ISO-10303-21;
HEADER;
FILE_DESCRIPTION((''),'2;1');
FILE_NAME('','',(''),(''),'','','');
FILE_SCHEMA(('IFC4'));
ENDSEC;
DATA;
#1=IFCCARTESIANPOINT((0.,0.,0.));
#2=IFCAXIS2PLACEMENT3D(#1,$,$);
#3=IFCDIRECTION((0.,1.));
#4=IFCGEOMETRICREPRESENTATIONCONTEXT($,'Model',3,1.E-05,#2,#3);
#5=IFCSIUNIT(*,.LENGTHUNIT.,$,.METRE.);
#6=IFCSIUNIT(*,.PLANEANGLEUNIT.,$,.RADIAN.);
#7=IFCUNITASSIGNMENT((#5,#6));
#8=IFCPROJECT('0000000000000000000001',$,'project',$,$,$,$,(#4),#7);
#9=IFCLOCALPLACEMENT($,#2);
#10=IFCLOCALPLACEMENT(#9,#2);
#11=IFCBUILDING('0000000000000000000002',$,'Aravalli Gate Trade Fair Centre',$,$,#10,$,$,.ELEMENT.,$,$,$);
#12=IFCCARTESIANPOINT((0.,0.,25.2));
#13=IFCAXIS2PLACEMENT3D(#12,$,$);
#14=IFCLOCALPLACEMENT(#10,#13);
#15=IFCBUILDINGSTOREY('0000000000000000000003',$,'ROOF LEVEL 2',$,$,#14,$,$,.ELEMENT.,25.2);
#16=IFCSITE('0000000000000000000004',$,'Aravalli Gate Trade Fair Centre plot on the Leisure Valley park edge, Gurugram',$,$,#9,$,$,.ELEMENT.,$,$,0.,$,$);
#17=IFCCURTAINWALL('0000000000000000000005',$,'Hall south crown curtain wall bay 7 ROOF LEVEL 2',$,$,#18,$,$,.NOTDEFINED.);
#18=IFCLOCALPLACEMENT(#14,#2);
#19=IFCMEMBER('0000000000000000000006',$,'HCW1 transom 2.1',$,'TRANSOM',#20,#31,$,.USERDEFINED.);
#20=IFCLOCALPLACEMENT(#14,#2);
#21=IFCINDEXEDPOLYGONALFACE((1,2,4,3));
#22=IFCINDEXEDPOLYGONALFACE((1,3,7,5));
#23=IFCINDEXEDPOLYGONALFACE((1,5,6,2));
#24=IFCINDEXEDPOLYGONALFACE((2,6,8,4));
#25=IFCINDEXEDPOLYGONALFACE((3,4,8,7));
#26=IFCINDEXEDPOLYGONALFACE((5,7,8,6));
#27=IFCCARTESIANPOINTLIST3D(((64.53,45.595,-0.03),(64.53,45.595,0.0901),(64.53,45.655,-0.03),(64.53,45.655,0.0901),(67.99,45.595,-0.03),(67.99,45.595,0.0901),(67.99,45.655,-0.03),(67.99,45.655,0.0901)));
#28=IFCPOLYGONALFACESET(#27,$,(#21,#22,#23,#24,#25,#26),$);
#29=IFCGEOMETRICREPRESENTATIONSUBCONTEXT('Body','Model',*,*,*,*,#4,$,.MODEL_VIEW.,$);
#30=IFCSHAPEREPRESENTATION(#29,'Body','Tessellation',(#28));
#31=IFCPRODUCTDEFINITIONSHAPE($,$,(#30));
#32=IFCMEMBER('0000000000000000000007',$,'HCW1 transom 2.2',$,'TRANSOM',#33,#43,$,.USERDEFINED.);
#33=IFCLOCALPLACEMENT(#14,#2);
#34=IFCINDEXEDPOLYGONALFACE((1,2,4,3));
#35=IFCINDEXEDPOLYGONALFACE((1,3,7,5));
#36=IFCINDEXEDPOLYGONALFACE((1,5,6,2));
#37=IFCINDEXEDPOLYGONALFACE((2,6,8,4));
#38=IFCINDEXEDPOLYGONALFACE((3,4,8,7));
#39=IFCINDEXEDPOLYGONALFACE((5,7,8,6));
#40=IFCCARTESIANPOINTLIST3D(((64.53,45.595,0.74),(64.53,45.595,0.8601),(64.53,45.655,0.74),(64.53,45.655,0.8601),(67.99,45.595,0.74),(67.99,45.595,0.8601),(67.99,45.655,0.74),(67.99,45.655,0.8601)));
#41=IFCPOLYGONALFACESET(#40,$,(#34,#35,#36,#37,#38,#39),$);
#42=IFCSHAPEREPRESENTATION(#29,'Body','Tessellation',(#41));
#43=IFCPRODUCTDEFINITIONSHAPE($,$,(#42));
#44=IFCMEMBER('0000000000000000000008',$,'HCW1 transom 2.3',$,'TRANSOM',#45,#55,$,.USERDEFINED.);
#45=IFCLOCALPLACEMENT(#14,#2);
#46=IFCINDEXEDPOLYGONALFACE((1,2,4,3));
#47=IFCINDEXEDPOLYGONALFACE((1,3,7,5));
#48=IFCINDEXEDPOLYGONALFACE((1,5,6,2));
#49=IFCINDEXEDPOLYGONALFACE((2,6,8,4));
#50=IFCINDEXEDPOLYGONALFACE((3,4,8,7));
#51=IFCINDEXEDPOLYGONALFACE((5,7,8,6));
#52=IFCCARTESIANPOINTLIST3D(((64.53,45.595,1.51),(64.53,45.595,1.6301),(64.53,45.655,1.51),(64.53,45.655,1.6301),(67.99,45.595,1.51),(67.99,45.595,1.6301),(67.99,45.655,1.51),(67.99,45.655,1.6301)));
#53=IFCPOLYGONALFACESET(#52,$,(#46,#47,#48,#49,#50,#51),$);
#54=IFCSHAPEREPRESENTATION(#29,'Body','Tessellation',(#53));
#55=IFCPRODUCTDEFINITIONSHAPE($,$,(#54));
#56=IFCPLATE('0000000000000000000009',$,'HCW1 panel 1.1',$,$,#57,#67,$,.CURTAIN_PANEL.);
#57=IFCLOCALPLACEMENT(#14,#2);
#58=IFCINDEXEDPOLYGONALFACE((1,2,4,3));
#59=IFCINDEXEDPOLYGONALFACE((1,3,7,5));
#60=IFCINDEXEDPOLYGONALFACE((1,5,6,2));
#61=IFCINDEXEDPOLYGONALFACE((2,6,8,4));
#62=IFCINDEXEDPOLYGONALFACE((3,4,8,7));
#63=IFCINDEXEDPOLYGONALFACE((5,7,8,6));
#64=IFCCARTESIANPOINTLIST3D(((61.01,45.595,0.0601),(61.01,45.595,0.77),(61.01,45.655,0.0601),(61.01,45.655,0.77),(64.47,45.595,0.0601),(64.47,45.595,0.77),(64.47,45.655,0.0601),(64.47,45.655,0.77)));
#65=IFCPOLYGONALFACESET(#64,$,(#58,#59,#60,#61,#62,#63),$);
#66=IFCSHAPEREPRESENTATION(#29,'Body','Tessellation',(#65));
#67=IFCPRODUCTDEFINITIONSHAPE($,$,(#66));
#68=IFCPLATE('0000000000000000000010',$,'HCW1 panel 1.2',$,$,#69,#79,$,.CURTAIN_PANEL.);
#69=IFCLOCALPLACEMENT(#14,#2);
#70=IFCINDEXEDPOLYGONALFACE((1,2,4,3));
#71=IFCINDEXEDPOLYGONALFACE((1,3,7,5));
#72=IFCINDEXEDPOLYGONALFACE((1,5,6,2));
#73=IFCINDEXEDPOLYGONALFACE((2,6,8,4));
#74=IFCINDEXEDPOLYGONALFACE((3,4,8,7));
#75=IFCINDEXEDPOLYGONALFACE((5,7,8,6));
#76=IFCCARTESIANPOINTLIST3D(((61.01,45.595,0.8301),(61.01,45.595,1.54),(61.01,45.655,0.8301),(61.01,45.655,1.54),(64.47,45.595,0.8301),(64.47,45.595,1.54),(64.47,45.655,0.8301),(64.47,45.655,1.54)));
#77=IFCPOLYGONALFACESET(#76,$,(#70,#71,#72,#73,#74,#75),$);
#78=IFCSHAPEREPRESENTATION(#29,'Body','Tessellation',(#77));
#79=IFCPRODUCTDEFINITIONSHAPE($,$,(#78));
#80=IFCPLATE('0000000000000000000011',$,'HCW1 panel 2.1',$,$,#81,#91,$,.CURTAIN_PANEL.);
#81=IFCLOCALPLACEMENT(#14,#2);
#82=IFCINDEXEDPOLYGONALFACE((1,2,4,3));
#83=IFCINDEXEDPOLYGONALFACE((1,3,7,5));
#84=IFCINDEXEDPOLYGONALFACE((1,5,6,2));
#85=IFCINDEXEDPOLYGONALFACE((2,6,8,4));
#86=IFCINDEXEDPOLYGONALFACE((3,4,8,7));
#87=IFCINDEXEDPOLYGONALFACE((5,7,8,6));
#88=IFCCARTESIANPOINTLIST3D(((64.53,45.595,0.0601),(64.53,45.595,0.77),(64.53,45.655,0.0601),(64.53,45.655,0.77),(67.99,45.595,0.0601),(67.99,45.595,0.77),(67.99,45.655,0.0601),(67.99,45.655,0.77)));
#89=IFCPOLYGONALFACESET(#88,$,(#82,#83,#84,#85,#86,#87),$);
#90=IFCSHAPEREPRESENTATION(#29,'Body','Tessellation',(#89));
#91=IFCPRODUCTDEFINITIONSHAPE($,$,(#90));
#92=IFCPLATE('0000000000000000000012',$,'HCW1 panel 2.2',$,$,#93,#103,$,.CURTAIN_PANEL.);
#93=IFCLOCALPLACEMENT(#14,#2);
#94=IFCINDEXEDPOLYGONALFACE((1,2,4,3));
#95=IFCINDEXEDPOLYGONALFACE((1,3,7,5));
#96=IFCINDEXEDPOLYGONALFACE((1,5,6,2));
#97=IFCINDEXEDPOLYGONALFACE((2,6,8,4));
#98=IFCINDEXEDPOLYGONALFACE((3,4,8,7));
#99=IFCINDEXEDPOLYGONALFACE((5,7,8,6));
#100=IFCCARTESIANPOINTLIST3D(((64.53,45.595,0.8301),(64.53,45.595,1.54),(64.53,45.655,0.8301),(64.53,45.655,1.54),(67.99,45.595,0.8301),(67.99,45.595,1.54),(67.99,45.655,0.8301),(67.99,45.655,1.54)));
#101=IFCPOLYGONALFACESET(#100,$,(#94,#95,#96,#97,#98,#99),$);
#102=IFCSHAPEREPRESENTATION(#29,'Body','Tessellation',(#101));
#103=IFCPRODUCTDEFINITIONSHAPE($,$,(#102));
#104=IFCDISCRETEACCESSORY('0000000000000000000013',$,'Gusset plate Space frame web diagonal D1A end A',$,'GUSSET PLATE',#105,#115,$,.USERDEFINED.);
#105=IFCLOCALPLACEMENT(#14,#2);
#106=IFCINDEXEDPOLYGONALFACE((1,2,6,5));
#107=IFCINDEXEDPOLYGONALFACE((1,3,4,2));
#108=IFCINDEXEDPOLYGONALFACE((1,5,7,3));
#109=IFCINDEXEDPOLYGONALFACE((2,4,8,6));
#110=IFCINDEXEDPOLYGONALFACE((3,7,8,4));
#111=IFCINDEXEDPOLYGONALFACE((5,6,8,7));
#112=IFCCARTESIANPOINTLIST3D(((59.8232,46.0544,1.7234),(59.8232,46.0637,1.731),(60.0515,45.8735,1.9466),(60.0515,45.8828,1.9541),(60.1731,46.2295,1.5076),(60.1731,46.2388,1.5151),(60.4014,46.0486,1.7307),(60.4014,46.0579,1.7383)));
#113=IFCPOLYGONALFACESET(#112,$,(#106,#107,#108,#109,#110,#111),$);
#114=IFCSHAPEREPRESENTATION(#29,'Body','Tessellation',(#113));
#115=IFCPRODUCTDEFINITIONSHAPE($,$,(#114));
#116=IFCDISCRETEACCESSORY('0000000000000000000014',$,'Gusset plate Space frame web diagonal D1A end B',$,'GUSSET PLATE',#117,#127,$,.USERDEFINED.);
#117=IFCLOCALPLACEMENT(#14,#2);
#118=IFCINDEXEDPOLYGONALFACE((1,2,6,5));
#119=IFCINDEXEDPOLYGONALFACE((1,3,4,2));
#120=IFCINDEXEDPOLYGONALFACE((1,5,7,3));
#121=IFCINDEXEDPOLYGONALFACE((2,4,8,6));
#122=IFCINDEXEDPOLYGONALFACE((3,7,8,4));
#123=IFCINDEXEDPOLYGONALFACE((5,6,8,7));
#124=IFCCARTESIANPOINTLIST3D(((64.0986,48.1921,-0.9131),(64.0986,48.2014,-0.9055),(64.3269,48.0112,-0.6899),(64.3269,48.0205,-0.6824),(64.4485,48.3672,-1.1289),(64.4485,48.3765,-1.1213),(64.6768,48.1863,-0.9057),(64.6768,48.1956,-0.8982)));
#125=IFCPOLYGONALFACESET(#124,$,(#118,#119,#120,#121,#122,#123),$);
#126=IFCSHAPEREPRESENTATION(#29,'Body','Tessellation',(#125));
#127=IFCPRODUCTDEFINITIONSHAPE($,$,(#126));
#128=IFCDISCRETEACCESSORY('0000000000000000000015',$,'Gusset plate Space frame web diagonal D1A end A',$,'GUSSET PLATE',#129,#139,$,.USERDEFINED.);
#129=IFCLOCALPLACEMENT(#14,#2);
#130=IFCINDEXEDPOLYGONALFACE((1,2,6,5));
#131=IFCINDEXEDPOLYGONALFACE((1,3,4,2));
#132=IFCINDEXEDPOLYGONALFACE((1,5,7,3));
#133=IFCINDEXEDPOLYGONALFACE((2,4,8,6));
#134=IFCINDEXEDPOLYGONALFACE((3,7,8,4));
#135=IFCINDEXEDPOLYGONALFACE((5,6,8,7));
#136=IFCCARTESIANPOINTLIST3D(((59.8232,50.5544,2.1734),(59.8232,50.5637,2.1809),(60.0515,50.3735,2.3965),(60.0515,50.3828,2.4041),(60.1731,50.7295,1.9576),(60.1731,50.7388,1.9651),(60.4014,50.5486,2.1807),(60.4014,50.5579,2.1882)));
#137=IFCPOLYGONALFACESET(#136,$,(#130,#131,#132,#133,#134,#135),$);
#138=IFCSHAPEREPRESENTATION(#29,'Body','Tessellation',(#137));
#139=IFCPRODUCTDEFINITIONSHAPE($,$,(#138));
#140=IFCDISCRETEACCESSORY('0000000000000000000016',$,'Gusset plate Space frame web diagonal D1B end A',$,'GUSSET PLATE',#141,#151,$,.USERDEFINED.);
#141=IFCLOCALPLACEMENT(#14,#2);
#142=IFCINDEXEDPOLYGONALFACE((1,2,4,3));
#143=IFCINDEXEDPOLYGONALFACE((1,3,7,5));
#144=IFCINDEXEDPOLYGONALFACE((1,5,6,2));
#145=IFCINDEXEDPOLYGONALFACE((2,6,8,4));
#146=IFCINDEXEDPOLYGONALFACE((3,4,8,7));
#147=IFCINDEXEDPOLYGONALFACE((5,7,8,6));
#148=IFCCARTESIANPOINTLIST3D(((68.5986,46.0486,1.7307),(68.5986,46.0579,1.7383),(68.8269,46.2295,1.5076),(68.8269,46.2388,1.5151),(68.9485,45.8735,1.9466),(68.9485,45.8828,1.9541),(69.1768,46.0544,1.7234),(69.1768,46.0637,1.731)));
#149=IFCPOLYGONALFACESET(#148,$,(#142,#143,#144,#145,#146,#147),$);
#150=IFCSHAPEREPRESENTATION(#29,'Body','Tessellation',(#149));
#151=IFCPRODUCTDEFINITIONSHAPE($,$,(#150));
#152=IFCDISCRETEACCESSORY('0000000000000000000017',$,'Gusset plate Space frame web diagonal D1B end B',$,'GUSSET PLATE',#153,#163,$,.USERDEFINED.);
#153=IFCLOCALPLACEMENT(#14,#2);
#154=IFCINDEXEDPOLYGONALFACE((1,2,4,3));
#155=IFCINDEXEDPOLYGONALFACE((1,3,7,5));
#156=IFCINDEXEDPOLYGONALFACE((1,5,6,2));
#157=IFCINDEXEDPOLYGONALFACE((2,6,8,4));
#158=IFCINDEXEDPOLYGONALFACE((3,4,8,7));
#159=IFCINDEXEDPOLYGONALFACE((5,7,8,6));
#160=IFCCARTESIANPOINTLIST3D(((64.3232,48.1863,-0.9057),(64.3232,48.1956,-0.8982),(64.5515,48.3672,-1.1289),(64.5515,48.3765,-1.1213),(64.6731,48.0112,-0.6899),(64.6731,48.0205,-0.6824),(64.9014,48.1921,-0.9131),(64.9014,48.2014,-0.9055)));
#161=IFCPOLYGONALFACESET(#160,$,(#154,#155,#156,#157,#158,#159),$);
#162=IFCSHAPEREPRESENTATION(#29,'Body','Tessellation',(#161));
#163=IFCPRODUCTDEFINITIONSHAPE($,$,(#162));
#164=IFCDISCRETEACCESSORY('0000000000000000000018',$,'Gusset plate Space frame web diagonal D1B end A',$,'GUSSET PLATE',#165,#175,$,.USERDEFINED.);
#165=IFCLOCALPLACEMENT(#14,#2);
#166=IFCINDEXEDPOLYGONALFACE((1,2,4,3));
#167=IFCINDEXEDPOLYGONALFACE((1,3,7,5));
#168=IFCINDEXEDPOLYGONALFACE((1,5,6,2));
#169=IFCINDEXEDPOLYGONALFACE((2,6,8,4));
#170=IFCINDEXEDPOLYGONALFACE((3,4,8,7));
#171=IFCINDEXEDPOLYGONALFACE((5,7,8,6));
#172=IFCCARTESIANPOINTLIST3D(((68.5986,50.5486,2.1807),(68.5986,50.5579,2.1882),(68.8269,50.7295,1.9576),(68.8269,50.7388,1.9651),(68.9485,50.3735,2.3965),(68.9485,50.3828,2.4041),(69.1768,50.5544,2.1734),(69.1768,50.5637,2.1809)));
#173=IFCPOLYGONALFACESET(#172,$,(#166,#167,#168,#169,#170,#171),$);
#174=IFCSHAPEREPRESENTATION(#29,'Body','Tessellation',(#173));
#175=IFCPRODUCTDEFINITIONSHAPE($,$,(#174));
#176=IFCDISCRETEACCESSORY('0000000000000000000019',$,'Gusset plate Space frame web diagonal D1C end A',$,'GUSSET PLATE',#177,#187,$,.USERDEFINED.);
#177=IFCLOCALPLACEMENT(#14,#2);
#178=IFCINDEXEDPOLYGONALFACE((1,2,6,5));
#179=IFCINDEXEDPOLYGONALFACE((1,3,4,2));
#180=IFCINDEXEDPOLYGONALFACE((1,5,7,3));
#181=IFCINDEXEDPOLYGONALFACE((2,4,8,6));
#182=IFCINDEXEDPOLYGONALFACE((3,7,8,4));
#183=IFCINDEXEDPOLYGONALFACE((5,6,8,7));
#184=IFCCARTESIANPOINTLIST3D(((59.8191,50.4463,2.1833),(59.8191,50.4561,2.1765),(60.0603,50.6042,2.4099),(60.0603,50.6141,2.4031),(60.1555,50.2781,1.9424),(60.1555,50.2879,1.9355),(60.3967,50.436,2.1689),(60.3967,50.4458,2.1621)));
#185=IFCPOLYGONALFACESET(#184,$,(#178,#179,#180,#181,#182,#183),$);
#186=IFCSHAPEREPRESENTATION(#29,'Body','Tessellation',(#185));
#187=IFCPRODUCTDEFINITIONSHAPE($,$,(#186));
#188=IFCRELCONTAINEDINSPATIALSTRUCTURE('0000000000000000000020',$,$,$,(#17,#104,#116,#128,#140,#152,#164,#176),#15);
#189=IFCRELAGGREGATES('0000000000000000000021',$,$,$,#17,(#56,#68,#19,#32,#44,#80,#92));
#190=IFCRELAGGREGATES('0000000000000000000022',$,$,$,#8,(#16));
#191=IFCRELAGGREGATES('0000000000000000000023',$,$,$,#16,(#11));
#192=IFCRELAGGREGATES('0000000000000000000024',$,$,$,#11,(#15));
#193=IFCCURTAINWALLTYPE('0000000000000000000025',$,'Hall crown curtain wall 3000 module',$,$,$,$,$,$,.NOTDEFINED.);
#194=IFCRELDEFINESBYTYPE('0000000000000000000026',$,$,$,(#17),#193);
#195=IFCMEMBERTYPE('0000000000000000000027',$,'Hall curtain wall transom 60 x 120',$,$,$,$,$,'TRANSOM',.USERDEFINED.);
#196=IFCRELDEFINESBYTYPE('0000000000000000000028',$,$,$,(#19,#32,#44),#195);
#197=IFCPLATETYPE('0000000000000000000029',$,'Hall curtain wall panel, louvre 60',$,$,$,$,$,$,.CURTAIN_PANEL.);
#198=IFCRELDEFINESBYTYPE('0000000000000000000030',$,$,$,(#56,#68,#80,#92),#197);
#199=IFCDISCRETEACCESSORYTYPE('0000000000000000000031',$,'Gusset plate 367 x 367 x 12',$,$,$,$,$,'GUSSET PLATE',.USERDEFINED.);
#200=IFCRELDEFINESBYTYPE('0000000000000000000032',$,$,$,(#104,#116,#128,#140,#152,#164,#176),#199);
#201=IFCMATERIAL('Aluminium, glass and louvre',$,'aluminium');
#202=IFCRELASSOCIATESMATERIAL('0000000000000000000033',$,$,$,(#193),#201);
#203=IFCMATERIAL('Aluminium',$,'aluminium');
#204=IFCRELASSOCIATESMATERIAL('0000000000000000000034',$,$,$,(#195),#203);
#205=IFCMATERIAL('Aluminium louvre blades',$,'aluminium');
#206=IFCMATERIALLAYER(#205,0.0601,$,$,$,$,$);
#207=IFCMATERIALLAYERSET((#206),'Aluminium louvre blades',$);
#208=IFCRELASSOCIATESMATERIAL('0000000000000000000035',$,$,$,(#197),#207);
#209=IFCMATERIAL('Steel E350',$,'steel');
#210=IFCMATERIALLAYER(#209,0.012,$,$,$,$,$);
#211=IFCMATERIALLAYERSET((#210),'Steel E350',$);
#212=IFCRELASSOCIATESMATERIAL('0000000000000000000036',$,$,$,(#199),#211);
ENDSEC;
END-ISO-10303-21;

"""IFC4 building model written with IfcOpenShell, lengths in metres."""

from ifc_helpers import new_model, si_unit, direction, frame, origin, origin_2d, place, context, subcontext, project, spatial, polyline, rectangle, outline, extrude, material, layer, layer_set, material_profile, profile_set, type_object, element, aggregate, save


model = new_model("IFC4")

# Units and contexts
model_context = context("Model", 3, precision=1e-05, world=origin(), true_north=direction((0.0, 1.0)))
body_context = subcontext(model_context, "Body", "Model", "MODEL_VIEW")
ifc_project = project(units=[si_unit("LENGTHUNIT", "METRE"), si_unit("PLANEANGLEUNIT", "RADIAN")], contexts=[model_context])

# Site, building, storey
site_placement = place(None, origin())
site = spatial("IfcSite", under=ifc_project, at=site_placement, Name="Aravalli Gate Trade Fair Centre plot on the Leisure Valley park edge, Gurugram", CompositionType="ELEMENT", RefElevation=0.0)
building_placement = place(site_placement, origin())
building = spatial("IfcBuilding", under=site, at=building_placement, Name="Aravalli Gate Trade Fair Centre", CompositionType="ELEMENT")
storey_placement = place(building_placement, frame((0.0, 0.0, 25.2)))
storey = spatial("IfcBuildingStorey", under=building, at=storey_placement, Name="ROOF LEVEL 2", CompositionType="ELEMENT", Elevation=25.2)

# Shared definitions
ifc_material_1 = material(Name="Steel E350", Category="steel")

# Curtain wall, members, plates
ifc_material_2 = material(Name="Aluminium, glass and louvre", Category="aluminium")
curtain_wall_type = type_object("IfcCurtainWallType", Name="Hall crown curtain wall 3000 module", PredefinedType="NOTDEFINED", material=ifc_material_2)
curtain_wall_placement = place(storey_placement, origin())
curtain_wall = element("IfcCurtainWall", 1, at=curtain_wall_placement, inside=storey, type_object=curtain_wall_type, Name="Hall south crown curtain wall bay 7 ROOF LEVEL 2", PredefinedType="NOTDEFINED")
ifc_material_3 = material(Name="Aluminium", Category="aluminium")
ifc_material_profile_1 = material_profile(ifc_material_3, rectangle(XDim=0.0601, YDim=0.1201, at=origin_2d()), Name="Hall curtain wall transom 60 x 120")
ifc_profile_set_1 = profile_set([ifc_material_profile_1], Name="Aluminium")
member_type_1 = type_object("IfcMemberType", Name="Hall curtain wall transom 60 x 120", ElementType="TRANSOM", PredefinedType="USERDEFINED", material=ifc_profile_set_1)
member_1_placement = place(storey_placement, frame((64.53, 45.625, 0.03), z_axis=(1.0, 0.0, 0.0), x_axis=(0.0, 1.0, 0.0)))
member_1 = element("IfcMember", 2, at=member_1_placement, type_object=member_type_1, Name="HCW1 transom 2.1", ObjectType="TRANSOM", PredefinedType="USERDEFINED", context=body_context, shape_type="SweptSolid", body=[
    extrude(rectangle(XDim=0.0601, YDim=0.1201, at=origin_2d()), origin(), (0.0, 0.0, 1.0), 3.46),
])
member_2_placement = place(storey_placement, frame((64.53, 45.625, 0.8), z_axis=(1.0, 0.0, 0.0), x_axis=(0.0, 1.0, 0.0)))
member_2 = element("IfcMember", 3, at=member_2_placement, type_object=member_type_1, Name="HCW1 transom 2.2", ObjectType="TRANSOM", PredefinedType="USERDEFINED", context=body_context, shape_type="SweptSolid", body=[
    extrude(rectangle(XDim=0.0601, YDim=0.1201, at=origin_2d()), origin(), (0.0, 0.0, 1.0), 3.46),
])
member_3_placement = place(storey_placement, frame((64.53, 45.625, 1.5701), z_axis=(1.0, 0.0, 0.0), x_axis=(0.0, 1.0, 0.0)))
member_3 = element("IfcMember", 4, at=member_3_placement, type_object=member_type_1, Name="HCW1 transom 2.3", ObjectType="TRANSOM", PredefinedType="USERDEFINED", context=body_context, shape_type="SweptSolid", body=[
    extrude(rectangle(XDim=0.0601, YDim=0.1201, at=origin_2d()), origin(), (0.0, 0.0, 1.0), 3.46),
])
ifc_material_4 = material(Name="Aluminium louvre blades", Category="aluminium")
ifc_layer_1 = layer(ifc_material_4, 0.0601)
ifc_layer_set_1 = layer_set([ifc_layer_1], Name="Aluminium louvre blades")
plate_type = type_object("IfcPlateType", Name="Hall curtain wall panel, louvre 60", PredefinedType="CURTAIN_PANEL", material=ifc_layer_set_1)
plate_1_placement = place(storey_placement, frame((62.74, 45.625, 0.0601), z_axis=(0.0, 0.0, 1.0), x_axis=(1.0, 0.0, 0.0)))
plate_1 = element("IfcPlate", 5, at=plate_1_placement, type_object=plate_type, Name="HCW1 panel 1.1", PredefinedType="CURTAIN_PANEL", context=body_context, shape_type="SweptSolid", body=[
    extrude(rectangle(XDim=3.46, YDim=0.0601, at=origin_2d()), origin(), (0.0, 0.0, 1.0), 0.71),
])
plate_2_placement = place(storey_placement, frame((62.74, 45.625, 0.8301), z_axis=(0.0, 0.0, 1.0), x_axis=(1.0, 0.0, 0.0)))
plate_2 = element("IfcPlate", 6, at=plate_2_placement, type_object=plate_type, Name="HCW1 panel 1.2", PredefinedType="CURTAIN_PANEL", context=body_context, shape_type="SweptSolid", body=[
    extrude(rectangle(XDim=3.46, YDim=0.0601, at=origin_2d()), origin(), (0.0, 0.0, 1.0), 0.71),
])
plate_3_placement = place(storey_placement, frame((66.26, 45.625, 0.0601), z_axis=(0.0, 0.0, 1.0), x_axis=(1.0, 0.0, 0.0)))
plate_3 = element("IfcPlate", 7, at=plate_3_placement, type_object=plate_type, Name="HCW1 panel 2.1", PredefinedType="CURTAIN_PANEL", context=body_context, shape_type="SweptSolid", body=[
    extrude(rectangle(XDim=3.46, YDim=0.0601, at=origin_2d()), origin(), (0.0, 0.0, 1.0), 0.71),
])
plate_4_placement = place(storey_placement, frame((66.26, 45.625, 0.8301), z_axis=(0.0, 0.0, 1.0), x_axis=(1.0, 0.0, 0.0)))
plate_4 = element("IfcPlate", 8, at=plate_4_placement, type_object=plate_type, Name="HCW1 panel 2.2", PredefinedType="CURTAIN_PANEL", context=body_context, shape_type="SweptSolid", body=[
    extrude(rectangle(XDim=3.46, YDim=0.0601, at=origin_2d()), origin(), (0.0, 0.0, 1.0), 0.71),
])
aggregate(curtain_wall, [plate_1, plate_2, member_1, member_2, member_3, plate_3, plate_4])

# Discrete accessories
ifc_layer_2 = layer(ifc_material_1, 0.012)
ifc_layer_set_2 = layer_set([ifc_layer_2], Name="Steel E350")
discrete_accessory_type = type_object("IfcDiscreteAccessoryType", Name="Gusset plate 367 x 367 x 12", ElementType="GUSSET PLATE", PredefinedType="USERDEFINED", material=ifc_layer_set_2)
discrete_accessory_1_placement = place(storey_placement, frame((60.1731, 46.2388, 1.5151), z_axis=(-0.000107, 0.776736, 0.629826), x_axis=(-0.783044, -0.391795, 0.48305)))
element("IfcDiscreteAccessory", 9, at=discrete_accessory_1_placement, inside=storey, type_object=discrete_accessory_type, Name="Gusset plate Space frame web diagonal D1A end A", ObjectType="GUSSET PLATE", PredefinedType="USERDEFINED", context=body_context, shape_type="SweptSolid", body=[
    extrude(outline(polyline([(0.0, 0.0), (0.4468, 0.0), (0.4467, 0.3669), (-0.0001, 0.3669), (0.0, 0.0)])), origin(), (0.0, 0.0, -1.0), 0.012),
])
discrete_accessory_2_placement = place(storey_placement, frame((64.0986, 48.2014, -0.9055), z_axis=(-0.000107, 0.776736, 0.629826), x_axis=(0.783044, 0.391795, -0.48305)))
element("IfcDiscreteAccessory", 10, at=discrete_accessory_2_placement, inside=storey, type_object=discrete_accessory_type, Name="Gusset plate Space frame web diagonal D1A end B", ObjectType="GUSSET PLATE", PredefinedType="USERDEFINED", context=body_context, shape_type="SweptSolid", body=[
    extrude(outline(polyline([(0.0, 0.0), (0.4468, 0.0), (0.4469, -0.3669), (0.0001, -0.3669), (0.0, 0.0)])), origin(), (0.0, 0.0, -1.0), 0.012),
])
discrete_accessory_3_placement = place(storey_placement, frame((60.1731, 50.7388, 1.9651), z_axis=(-0.000107, 0.776736, 0.629826), x_axis=(-0.783044, -0.391795, 0.48305)))
element("IfcDiscreteAccessory", 11, at=discrete_accessory_3_placement, inside=storey, type_object=discrete_accessory_type, Name="Gusset plate Space frame web diagonal D1A end A", ObjectType="GUSSET PLATE", PredefinedType="USERDEFINED", context=body_context, shape_type="SweptSolid", body=[
    extrude(outline(polyline([(0.0, 0.0), (0.4468, 0.0), (0.4467, 0.3669), (-0.0001, 0.3669), (0.0, 0.0)])), origin(), (0.0, 0.0, -1.0), 0.012),
])
discrete_accessory_4_placement = place(storey_placement, frame((68.5986, 46.0579, 1.7383), z_axis=(0.000107, 0.776736, 0.629826), x_axis=(0.783044, -0.391795, 0.48305)))
element("IfcDiscreteAccessory", 12, at=discrete_accessory_4_placement, inside=storey, type_object=discrete_accessory_type, Name="Gusset plate Space frame web diagonal D1B end A", ObjectType="GUSSET PLATE", PredefinedType="USERDEFINED", context=body_context, shape_type="SweptSolid", body=[
    extrude(outline(polyline([(0.0, 0.0), (0.4468, 0.0), (0.4469, 0.3669), (0.0001, 0.3669), (0.0, 0.0)])), origin(), (0.0, 0.0, -1.0), 0.012),
])
discrete_accessory_5_placement = place(storey_placement, frame((64.6731, 48.0205, -0.6824), z_axis=(0.000107, 0.776736, 0.629826), x_axis=(-0.783044, 0.391795, -0.48305)))
element("IfcDiscreteAccessory", 13, at=discrete_accessory_5_placement, inside=storey, type_object=discrete_accessory_type, Name="Gusset plate Space frame web diagonal D1B end B", ObjectType="GUSSET PLATE", PredefinedType="USERDEFINED", context=body_context, shape_type="SweptSolid", body=[
    extrude(outline(polyline([(0.0, 0.0), (0.4468, 0.0), (0.4467, -0.3669), (-0.0001, -0.3669), (0.0, 0.0)])), origin(), (0.0, 0.0, -1.0), 0.012),
])
discrete_accessory_6_placement = place(storey_placement, frame((68.5986, 50.5579, 2.1882), z_axis=(0.000107, 0.776736, 0.629826), x_axis=(0.783044, -0.391795, 0.48305)))
element("IfcDiscreteAccessory", 14, at=discrete_accessory_6_placement, inside=storey, type_object=discrete_accessory_type, Name="Gusset plate Space frame web diagonal D1B end A", ObjectType="GUSSET PLATE", PredefinedType="USERDEFINED", context=body_context, shape_type="SweptSolid", body=[
    extrude(outline(polyline([(0.0, 0.0), (0.4468, 0.0), (0.4469, 0.3669), (0.0001, 0.3669), (0.0, 0.0)])), origin(), (0.0, 0.0, -1.0), 0.012),
])
discrete_accessory_7_placement = place(storey_placement, frame((60.1555, 50.2781, 1.9424), z_axis=(-0.000292, -0.820164, 0.572128), x_axis=(-0.753132, 0.376566, 0.539435)))
element("IfcDiscreteAccessory", 15, at=discrete_accessory_7_placement, inside=storey, type_object=discrete_accessory_type, Name="Gusset plate Space frame web diagonal D1C end A", ObjectType="GUSSET PLATE", PredefinedType="USERDEFINED", context=body_context, shape_type="SweptSolid", body=[
    extrude(outline(polyline([(0.0, 0.0), (0.4467, 0.0), (0.4467, -0.3667), (0.0, -0.3667), (0.0, 0.0)])), origin(), (0.0, 0.0, -1.0), 0.012),
])

save(model, "model.ifc")
